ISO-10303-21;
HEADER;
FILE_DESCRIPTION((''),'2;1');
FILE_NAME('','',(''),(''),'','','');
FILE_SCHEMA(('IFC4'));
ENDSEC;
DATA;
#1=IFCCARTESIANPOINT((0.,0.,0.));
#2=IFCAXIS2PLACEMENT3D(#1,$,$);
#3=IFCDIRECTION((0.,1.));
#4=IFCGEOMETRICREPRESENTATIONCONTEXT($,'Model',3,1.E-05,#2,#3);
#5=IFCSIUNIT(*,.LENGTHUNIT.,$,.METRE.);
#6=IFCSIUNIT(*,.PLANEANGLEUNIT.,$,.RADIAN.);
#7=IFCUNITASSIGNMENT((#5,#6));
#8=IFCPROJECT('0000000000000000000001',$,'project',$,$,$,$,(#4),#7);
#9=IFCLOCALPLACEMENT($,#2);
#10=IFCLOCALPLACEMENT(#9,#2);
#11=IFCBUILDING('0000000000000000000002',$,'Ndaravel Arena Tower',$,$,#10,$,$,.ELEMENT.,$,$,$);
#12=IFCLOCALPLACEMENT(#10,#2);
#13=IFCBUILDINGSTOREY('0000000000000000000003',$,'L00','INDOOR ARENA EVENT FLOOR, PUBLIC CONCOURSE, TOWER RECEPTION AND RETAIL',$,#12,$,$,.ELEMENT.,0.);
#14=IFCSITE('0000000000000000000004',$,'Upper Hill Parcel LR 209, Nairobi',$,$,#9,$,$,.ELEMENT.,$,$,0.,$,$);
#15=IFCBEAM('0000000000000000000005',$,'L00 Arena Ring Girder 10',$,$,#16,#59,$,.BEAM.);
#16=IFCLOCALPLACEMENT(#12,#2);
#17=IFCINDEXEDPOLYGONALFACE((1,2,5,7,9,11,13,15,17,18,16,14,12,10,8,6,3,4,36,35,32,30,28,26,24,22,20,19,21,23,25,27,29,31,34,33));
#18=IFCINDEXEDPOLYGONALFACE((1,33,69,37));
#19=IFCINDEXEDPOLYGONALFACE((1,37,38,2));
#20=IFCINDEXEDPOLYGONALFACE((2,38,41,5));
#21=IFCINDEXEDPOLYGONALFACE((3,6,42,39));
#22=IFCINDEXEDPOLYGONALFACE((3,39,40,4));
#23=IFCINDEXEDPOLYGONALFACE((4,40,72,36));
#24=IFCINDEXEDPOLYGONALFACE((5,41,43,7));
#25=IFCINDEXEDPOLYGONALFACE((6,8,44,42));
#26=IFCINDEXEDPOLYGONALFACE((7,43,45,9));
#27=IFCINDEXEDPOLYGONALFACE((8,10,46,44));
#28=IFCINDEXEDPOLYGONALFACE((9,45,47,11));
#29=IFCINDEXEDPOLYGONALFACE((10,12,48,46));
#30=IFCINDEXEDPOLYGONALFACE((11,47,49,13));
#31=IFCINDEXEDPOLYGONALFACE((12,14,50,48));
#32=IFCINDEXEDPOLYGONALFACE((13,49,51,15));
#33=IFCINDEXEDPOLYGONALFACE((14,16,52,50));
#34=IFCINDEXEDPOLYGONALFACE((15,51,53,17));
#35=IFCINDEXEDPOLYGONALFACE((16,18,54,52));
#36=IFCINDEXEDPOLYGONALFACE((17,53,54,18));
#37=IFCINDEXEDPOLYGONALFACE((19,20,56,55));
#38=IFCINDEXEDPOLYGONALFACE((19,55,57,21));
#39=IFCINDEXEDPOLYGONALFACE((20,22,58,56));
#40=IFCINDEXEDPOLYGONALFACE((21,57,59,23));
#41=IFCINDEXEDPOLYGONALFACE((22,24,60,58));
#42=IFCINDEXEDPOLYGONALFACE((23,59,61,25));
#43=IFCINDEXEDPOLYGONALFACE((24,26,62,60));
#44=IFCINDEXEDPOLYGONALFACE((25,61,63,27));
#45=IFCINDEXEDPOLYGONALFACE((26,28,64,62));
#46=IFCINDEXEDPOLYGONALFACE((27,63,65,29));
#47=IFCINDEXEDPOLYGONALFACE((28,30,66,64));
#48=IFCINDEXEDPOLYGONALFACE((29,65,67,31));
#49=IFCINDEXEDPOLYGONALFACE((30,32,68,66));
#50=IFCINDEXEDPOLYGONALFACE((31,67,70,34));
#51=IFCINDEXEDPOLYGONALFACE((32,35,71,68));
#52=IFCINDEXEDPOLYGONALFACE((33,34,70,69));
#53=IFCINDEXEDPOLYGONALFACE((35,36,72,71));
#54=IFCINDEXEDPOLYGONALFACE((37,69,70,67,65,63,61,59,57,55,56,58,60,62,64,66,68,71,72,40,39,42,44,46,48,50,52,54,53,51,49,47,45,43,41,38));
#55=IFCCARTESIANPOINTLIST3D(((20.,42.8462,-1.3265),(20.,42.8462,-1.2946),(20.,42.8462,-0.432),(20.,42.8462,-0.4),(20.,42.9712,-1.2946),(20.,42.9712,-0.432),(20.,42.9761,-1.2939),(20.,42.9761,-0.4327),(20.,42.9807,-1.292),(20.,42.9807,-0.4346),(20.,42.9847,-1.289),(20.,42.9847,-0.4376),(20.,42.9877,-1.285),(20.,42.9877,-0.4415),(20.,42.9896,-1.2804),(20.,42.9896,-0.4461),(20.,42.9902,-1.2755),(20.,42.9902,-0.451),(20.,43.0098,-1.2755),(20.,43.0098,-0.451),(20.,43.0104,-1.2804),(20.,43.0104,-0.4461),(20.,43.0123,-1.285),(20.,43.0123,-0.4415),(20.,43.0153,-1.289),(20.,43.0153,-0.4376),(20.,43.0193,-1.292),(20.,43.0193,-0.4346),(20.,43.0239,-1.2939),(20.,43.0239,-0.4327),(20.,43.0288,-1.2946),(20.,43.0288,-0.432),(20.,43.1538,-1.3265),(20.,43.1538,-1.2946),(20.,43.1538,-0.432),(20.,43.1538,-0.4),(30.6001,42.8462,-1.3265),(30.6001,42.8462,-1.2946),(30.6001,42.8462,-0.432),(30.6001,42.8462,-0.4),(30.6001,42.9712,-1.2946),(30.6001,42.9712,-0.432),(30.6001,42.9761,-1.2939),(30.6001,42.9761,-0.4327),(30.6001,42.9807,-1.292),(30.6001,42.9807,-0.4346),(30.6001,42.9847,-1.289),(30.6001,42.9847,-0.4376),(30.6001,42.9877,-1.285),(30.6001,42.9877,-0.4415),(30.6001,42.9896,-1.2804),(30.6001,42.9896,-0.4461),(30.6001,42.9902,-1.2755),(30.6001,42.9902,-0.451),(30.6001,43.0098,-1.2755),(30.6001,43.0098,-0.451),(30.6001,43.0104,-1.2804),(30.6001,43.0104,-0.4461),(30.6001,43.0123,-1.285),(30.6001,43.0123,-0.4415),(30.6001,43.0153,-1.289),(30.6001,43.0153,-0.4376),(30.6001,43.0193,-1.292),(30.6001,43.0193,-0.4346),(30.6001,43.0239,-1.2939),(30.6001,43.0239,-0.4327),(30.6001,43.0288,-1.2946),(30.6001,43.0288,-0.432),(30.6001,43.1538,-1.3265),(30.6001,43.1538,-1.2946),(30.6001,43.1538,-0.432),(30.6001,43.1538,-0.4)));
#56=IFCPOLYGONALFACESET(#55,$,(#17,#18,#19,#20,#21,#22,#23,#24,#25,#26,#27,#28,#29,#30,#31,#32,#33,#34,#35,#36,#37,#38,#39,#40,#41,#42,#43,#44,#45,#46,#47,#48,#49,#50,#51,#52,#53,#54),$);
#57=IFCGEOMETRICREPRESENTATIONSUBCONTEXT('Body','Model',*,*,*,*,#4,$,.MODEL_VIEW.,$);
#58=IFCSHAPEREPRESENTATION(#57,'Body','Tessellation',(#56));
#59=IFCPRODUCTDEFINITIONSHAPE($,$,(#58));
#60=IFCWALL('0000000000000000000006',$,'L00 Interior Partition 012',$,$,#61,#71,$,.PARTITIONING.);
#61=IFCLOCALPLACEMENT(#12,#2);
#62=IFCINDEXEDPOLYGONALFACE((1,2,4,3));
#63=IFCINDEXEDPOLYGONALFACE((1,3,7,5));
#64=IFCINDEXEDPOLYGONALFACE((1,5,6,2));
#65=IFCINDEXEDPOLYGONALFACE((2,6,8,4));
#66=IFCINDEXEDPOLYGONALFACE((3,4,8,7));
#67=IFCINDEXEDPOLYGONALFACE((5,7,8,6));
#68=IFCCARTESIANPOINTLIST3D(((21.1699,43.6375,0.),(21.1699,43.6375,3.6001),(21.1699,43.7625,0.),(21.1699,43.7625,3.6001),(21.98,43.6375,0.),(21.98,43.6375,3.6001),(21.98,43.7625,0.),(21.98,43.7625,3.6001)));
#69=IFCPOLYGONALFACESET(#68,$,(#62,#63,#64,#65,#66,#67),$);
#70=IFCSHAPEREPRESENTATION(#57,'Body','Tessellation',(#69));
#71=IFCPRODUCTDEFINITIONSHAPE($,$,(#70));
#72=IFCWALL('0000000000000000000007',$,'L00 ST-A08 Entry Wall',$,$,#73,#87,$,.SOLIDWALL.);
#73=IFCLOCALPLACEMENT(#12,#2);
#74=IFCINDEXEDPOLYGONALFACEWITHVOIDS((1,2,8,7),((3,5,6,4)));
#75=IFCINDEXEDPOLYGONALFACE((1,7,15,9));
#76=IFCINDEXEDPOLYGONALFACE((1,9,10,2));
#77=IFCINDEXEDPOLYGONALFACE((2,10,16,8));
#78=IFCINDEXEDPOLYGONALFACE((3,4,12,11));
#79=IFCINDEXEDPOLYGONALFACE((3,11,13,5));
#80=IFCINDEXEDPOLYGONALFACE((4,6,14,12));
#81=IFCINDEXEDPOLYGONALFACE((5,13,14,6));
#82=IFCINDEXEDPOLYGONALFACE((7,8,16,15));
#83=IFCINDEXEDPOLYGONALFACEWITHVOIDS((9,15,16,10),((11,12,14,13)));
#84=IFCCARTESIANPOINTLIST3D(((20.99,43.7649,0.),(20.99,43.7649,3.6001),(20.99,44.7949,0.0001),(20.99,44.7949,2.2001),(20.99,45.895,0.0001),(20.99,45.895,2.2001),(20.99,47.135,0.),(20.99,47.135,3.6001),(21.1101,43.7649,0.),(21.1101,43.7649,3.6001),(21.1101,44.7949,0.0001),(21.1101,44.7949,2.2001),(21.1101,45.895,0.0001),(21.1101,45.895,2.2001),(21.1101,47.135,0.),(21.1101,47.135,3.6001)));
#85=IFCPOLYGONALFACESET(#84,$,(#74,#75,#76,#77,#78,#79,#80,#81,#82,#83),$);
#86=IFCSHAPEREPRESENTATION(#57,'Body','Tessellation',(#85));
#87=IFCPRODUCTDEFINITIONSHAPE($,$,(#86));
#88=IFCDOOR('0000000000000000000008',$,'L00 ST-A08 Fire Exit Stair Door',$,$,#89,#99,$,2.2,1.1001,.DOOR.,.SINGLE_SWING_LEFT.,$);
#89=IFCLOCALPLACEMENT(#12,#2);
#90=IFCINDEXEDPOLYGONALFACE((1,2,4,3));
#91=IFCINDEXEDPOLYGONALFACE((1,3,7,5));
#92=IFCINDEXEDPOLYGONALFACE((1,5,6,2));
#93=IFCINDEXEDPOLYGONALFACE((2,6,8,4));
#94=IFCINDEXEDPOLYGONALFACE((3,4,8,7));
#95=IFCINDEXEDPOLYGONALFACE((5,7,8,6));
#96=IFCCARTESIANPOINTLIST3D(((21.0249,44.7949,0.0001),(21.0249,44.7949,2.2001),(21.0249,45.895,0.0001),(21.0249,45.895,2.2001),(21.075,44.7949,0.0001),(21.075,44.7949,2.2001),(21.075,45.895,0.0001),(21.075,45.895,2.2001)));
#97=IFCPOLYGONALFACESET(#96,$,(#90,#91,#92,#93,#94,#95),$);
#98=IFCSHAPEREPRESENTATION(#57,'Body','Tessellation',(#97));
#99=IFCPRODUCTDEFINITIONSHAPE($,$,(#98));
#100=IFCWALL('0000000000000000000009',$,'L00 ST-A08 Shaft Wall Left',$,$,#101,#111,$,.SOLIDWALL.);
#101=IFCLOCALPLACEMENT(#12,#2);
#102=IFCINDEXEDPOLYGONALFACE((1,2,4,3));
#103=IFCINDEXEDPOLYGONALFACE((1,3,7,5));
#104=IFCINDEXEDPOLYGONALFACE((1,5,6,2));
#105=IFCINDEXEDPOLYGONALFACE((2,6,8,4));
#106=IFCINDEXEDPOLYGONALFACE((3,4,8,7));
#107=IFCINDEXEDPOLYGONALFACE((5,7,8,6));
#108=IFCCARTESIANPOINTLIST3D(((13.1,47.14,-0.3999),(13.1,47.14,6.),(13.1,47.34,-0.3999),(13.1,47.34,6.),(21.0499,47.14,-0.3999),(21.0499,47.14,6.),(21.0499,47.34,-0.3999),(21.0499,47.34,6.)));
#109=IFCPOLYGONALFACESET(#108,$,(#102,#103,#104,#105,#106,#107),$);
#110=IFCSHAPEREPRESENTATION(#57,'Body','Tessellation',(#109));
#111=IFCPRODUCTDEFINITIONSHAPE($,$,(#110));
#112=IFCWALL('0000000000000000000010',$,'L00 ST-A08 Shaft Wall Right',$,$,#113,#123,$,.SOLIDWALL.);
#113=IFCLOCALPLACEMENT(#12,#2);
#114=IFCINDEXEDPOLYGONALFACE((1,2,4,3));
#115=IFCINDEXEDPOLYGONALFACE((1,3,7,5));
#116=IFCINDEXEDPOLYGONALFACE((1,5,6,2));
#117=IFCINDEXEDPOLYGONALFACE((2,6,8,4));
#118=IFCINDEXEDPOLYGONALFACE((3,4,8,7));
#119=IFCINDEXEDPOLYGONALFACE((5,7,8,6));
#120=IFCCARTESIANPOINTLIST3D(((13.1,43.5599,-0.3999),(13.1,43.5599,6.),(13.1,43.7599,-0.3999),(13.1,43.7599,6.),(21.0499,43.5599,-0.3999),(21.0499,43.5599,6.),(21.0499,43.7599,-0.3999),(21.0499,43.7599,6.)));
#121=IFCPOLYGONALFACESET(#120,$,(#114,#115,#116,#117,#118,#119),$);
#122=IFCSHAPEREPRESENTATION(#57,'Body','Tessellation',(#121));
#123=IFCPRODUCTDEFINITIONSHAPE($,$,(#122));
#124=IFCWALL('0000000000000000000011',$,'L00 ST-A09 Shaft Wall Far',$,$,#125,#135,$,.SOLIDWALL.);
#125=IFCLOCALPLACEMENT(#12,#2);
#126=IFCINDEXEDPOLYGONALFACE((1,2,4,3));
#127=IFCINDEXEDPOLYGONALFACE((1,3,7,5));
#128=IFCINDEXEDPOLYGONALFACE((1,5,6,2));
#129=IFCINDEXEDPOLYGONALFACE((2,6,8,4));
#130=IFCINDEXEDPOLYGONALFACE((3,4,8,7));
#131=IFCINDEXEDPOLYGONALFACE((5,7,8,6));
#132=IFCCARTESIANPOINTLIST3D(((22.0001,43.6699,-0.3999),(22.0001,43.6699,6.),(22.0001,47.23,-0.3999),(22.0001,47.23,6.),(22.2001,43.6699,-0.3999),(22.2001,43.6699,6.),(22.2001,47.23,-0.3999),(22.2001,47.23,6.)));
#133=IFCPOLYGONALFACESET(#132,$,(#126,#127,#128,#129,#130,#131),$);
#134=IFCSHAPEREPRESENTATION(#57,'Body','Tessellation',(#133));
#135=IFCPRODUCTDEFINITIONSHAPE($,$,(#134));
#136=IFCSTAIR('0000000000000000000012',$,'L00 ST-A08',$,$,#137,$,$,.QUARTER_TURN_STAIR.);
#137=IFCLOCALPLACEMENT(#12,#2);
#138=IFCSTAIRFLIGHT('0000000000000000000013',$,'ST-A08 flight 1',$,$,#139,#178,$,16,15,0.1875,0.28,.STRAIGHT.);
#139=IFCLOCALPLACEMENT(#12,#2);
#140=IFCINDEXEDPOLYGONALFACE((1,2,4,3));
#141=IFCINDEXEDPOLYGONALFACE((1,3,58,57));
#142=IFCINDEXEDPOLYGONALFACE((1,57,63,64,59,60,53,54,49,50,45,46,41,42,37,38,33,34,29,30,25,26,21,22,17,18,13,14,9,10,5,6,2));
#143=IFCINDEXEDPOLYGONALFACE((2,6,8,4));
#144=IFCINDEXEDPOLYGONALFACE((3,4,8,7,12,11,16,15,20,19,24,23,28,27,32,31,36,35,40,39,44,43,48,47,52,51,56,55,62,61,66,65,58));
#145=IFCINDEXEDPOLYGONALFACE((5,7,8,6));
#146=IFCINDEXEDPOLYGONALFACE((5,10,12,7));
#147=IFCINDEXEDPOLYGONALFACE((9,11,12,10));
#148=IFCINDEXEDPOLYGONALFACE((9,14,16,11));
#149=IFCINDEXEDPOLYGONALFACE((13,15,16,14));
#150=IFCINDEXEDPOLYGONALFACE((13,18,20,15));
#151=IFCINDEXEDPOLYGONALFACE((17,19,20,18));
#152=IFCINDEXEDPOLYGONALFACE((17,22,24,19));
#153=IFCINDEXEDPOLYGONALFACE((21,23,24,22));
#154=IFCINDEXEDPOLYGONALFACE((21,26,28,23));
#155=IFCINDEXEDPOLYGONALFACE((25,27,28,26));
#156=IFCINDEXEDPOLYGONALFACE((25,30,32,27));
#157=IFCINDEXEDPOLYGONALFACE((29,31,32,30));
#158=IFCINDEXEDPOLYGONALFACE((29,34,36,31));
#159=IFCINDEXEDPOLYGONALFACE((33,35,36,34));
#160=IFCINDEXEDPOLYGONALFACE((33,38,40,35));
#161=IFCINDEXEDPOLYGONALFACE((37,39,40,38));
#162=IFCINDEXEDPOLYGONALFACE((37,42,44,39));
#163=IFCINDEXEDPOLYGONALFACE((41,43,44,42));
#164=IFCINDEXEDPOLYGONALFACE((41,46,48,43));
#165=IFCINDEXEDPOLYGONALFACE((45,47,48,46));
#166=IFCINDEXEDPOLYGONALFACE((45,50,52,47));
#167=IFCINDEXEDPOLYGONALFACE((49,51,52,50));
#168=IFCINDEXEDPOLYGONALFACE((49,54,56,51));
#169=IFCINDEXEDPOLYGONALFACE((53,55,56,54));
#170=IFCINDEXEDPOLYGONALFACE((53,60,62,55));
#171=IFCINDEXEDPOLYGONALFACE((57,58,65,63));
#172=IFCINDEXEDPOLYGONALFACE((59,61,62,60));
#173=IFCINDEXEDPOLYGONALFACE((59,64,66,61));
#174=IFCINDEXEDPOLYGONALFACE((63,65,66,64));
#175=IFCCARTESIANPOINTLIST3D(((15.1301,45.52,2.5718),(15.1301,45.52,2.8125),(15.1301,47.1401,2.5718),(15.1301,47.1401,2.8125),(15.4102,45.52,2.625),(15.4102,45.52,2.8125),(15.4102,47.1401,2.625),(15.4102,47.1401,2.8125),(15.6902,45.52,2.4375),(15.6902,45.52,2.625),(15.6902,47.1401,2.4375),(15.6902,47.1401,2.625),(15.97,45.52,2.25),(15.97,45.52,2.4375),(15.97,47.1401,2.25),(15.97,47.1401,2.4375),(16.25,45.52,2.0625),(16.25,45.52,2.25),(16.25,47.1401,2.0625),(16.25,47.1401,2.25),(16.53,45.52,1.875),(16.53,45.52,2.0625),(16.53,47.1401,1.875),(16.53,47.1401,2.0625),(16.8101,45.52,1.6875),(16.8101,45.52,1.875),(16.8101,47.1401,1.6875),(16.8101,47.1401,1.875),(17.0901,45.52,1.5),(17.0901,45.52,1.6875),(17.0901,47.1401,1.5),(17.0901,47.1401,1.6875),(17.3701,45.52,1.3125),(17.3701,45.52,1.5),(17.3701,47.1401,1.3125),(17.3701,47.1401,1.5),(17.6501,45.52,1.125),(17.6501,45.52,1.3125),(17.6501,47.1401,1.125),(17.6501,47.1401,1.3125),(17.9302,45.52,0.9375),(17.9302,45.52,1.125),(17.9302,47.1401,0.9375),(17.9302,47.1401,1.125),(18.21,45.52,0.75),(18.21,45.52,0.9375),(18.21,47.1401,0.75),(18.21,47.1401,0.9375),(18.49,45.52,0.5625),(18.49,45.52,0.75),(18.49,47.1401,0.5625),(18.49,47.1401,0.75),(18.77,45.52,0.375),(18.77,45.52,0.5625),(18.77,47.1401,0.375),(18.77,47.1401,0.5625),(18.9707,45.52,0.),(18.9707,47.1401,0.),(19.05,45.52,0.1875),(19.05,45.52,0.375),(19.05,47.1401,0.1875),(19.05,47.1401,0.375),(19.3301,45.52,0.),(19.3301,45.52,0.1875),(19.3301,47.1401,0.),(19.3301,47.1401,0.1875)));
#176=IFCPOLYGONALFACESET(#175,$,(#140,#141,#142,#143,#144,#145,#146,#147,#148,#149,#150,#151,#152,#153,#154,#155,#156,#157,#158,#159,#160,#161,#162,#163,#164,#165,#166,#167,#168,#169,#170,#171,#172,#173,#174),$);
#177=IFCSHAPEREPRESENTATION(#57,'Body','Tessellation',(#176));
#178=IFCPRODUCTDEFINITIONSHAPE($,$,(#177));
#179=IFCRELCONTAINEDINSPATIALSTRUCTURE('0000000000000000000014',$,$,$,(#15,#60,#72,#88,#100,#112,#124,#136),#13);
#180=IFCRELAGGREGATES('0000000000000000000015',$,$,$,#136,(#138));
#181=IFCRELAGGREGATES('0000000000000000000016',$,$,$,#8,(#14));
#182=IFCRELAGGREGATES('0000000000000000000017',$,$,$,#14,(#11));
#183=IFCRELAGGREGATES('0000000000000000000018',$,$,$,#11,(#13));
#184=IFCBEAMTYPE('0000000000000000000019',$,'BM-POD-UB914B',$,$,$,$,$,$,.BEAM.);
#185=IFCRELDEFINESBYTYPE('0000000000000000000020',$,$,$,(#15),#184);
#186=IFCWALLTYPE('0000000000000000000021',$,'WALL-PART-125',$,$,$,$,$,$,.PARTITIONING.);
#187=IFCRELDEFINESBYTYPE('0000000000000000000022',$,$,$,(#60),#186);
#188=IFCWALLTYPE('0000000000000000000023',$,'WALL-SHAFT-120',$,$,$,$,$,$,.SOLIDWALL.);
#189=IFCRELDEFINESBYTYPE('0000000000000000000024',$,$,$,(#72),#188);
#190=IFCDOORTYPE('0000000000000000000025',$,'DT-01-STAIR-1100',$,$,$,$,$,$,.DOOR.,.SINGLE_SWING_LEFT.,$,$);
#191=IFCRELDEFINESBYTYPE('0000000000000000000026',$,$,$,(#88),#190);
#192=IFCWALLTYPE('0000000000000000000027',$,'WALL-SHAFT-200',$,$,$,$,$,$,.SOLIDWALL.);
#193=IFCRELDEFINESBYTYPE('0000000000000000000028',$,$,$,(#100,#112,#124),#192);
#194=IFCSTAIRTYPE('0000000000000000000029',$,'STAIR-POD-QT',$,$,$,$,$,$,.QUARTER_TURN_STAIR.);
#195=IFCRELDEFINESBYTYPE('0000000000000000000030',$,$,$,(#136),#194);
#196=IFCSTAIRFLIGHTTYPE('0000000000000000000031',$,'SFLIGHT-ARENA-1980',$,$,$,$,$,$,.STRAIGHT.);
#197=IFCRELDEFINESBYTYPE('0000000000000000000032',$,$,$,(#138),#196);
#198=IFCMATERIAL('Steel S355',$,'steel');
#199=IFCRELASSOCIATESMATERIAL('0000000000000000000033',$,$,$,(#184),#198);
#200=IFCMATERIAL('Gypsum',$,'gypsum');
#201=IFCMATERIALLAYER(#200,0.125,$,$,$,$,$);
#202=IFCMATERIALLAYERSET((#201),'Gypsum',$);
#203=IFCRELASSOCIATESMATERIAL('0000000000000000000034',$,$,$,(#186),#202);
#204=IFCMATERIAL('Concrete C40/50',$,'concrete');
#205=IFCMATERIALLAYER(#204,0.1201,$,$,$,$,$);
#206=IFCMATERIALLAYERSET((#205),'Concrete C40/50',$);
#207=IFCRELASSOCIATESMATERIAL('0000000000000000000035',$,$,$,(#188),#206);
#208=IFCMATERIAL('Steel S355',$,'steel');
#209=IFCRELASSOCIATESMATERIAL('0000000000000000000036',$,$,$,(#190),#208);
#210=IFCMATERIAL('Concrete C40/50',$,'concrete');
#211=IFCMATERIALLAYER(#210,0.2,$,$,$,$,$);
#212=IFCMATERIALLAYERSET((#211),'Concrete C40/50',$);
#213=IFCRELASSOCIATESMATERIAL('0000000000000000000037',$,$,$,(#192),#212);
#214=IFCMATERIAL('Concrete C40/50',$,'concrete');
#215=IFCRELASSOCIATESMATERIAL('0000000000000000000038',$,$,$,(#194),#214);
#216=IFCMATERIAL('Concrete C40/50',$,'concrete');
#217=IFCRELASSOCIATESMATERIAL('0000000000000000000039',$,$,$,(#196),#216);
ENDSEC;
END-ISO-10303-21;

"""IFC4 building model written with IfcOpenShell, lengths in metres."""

from ifc_helpers import new_model, si_unit, direction, frame, frame_2d, origin, origin_2d, place, context, subcontext, project, spatial, polyline, rectangle, i_section, outline, extrude, material, layer, layer_set, material_profile, profile_set, type_object, element, fill, aggregate, save


model = new_model("IFC4")

# Units and contexts
model_context = context("Model", 3, precision=1e-05, world=origin(), true_north=direction((0.0, 1.0)))
body_context = subcontext(model_context, "Body", "Model", "MODEL_VIEW")
ifc_project = project(units=[si_unit("LENGTHUNIT", "METRE"), si_unit("PLANEANGLEUNIT", "RADIAN")], contexts=[model_context])

# Site, building, storey
site_placement = place(None, origin())
site = spatial("IfcSite", under=ifc_project, at=site_placement, Name="Upper Hill Parcel LR 209, Nairobi", CompositionType="ELEMENT", RefElevation=0.0)
building_placement = place(site_placement, origin())
building = spatial("IfcBuilding", under=site, at=building_placement, Name="Ndaravel Arena Tower", CompositionType="ELEMENT")
storey_placement = place(building_placement, origin())
storey = spatial("IfcBuildingStorey", under=building, at=storey_placement, Name="L00", Description="INDOOR ARENA EVENT FLOOR, PUBLIC CONCOURSE, TOWER RECEPTION AND RETAIL", CompositionType="ELEMENT", Elevation=0.0)

# Beam
ifc_material_1 = material(Name="Steel S355", Category="steel")
ifc_material_profile_1 = material_profile(ifc_material_1, i_section(OverallWidth=0.3076, OverallDepth=0.9265, WebThickness=0.0195, FlangeThickness=0.032, FilletRadius=0.019, at=origin_2d()), Name="UB 914x305x289")
ifc_profile_set_1 = profile_set([ifc_material_profile_1], Name="Steel S355")
beam_type_1 = type_object("IfcBeamType", Name="BM-POD-UB914B", PredefinedType="BEAM", material=ifc_profile_set_1)
beam_1_placement = place(storey_placement, frame((20.0, 43.0, -0.8633), z_axis=(1.0, 0.0, 0.0), x_axis=(0.0, 1.0, 0.0)))
element("IfcBeam", 1, at=beam_1_placement, inside=storey, type_object=beam_type_1, Name="L00 Arena Ring Girder 10", PredefinedType="BEAM", context=body_context, shape_type="SweptSolid", body=[
    extrude(i_section(OverallWidth=0.3076, OverallDepth=0.9265, WebThickness=0.0195, FlangeThickness=0.032, FilletRadius=0.019, at=origin_2d()), origin(), (0.0, 0.0, 1.0), 10.6001),
])

# Wall
ifc_material_2 = material(Name="Gypsum", Category="gypsum")
ifc_layer_1 = layer(ifc_material_2, 0.125)
ifc_layer_set_1 = layer_set([ifc_layer_1], Name="Gypsum")
wall_type_1 = type_object("IfcWallType", Name="WALL-PART-125", PredefinedType="PARTITIONING", material=ifc_layer_set_1)
wall_1_placement = place(storey_placement, frame((21.1699, 43.7, 0.0), z_axis=(0.0, 0.0, 1.0), x_axis=(1.0, 0.0, 0.0)))
element("IfcWall", 2, at=wall_1_placement, inside=storey, type_object=wall_type_1, Name="L00 Interior Partition 012", PredefinedType="PARTITIONING", context=body_context, shape_type="SweptSolid", body=[
    extrude(rectangle(XDim=0.8101, YDim=0.125, at=frame_2d((0.405, 0.0))), origin(), (0.0, 0.0, 1.0), 3.6001),
])

# Wall, opening, door
ifc_material_3 = material(Name="Concrete C40/50", Category="concrete")
ifc_layer_2 = layer(ifc_material_3, 0.1201)
ifc_layer_set_2 = layer_set([ifc_layer_2], Name="Concrete C40/50")
wall_type_2 = type_object("IfcWallType", Name="WALL-SHAFT-120", PredefinedType="SOLIDWALL", material=ifc_layer_set_2)
wall_2_placement = place(storey_placement, frame((21.05, 47.135, 0.0), z_axis=(0.0, 0.0, 1.0), x_axis=(0.0, -1.0, 0.0)))
wall_2 = element("IfcWall", 3, at=wall_2_placement, inside=storey, type_object=wall_type_2, Name="L00 ST-A08 Entry Wall", PredefinedType="SOLIDWALL", context=body_context, shape_type="SweptSolid", body=[
    extrude(rectangle(XDim=3.3701, YDim=0.1201, at=frame_2d((1.6851, 0.0))), origin(), (0.0, 0.0, 1.0), 3.6001),
])
opening_placement = place(wall_2_placement, frame((1.24, 0.0, 0.0)))
opening = element("IfcOpeningElement", 4, at=opening_placement, cuts=wall_2, PredefinedType="OPENING", context=body_context, shape_type="SweptSolid", body=[
    extrude(rectangle(XDim=1.1001, YDim=2.2, at=frame_2d((0.55, 1.1001))), frame((0.0, 0.0601, 0.0), z_axis=(0.0, -1.0, 0.0), x_axis=(1.0, 0.0, 0.0)), (0.0, 0.0, 1.0), 0.1201),
])
ifc_material_4 = material(Name="Steel S355", Category="steel")
door_type = type_object("IfcDoorType", Name="DT-01-STAIR-1100", OperationType="SINGLE_SWING_LEFT", PredefinedType="DOOR", material=ifc_material_4)
door_placement = place(opening_placement, origin())
door = element("IfcDoor", 5, at=door_placement, inside=storey, type_object=door_type, Name="L00 ST-A08 Fire Exit Stair Door", OperationType="SINGLE_SWING_LEFT", OverallHeight=2.2, OverallWidth=1.1001, PredefinedType="DOOR", context=body_context, shape_type="SweptSolid", body=[
    extrude(rectangle(XDim=1.1001, YDim=2.2, at=frame_2d((0.55, 1.1001))), frame((0.0, 0.0249, 0.0), z_axis=(0.0, -1.0, 0.0), x_axis=(1.0, 0.0, 0.0)), (0.0, 0.0, 1.0), 0.05),
])
fill(opening, door)

# Walls
ifc_material_5 = material(Name="Concrete C40/50", Category="concrete")
ifc_layer_3 = layer(ifc_material_5, 0.2)
ifc_layer_set_3 = layer_set([ifc_layer_3], Name="Concrete C40/50")
wall_type_3 = type_object("IfcWallType", Name="WALL-SHAFT-200", PredefinedType="SOLIDWALL", material=ifc_layer_set_3)
for number, where, z_axis, x_axis, name in (
    (6, (21.05, 47.24, -0.3999), (0.0, 0.0, 1.0), (-1.0, 0.0, 0.0), "L00 ST-A08 Shaft Wall Left"),
    (7, (21.05, 43.6599, -0.3999), (0.0, 0.0, 1.0), (-1.0, 0.0, 0.0), "L00 ST-A08 Shaft Wall Right"),
):
    element("IfcWall", number, at=place(storey_placement, frame(where, z_axis=z_axis, x_axis=x_axis)), inside=storey, type_object=wall_type_3, Name=name, PredefinedType="SOLIDWALL", context=body_context, shape_type="SweptSolid", body=[
        extrude(rectangle(XDim=7.95, YDim=0.2, at=frame_2d((3.9751, 0.0))), origin(), (0.0, 0.0, 1.0), 6.3999),
    ])
wall_3_placement = place(storey_placement, frame((22.1001, 47.23, -0.3999), z_axis=(0.0, 0.0, 1.0), x_axis=(0.0, -1.0, 0.0)))
element("IfcWall", 8, at=wall_3_placement, inside=storey, type_object=wall_type_3, Name="L00 ST-A09 Shaft Wall Far", PredefinedType="SOLIDWALL", context=body_context, shape_type="SweptSolid", body=[
    extrude(rectangle(XDim=3.5601, YDim=0.2, at=frame_2d((1.78, 0.0))), origin(), (0.0, 0.0, 1.0), 6.3999),
])

# Stair, stair flight
ifc_material_6 = material(Name="Concrete C40/50", Category="concrete")
stair_type = type_object("IfcStairType", Name="STAIR-POD-QT", PredefinedType="QUARTER_TURN_STAIR", material=ifc_material_6)
stair_1_placement = place(storey_placement, origin())
stair_1 = element("IfcStair", 9, at=stair_1_placement, inside=storey, type_object=stair_type, Name="L00 ST-A08", PredefinedType="QUARTER_TURN_STAIR")
ifc_material_7 = material(Name="Concrete C40/50", Category="concrete")
stair_flight_type = type_object("IfcStairFlightType", Name="SFLIGHT-ARENA-1980", PredefinedType="STRAIGHT", material=ifc_material_7)
stair_flight_1_placement = place(storey_placement, frame((19.3301, 46.3301, 0.0), z_axis=(0.0, 0.0, 1.0), x_axis=(-1.0, 0.0, 0.0)))
stair_flight_1 = element("IfcStairFlight", 10, at=stair_flight_1_placement, type_object=stair_flight_type, Name="ST-A08 flight 1", NumberOfRisers=16, NumberOfTreads=15, PredefinedType="STRAIGHT", RiserHeight=0.1875, TreadLength=0.28, context=body_context, shape_type="SweptSolid", body=[
    extrude(outline(polyline([(0.0, 0.0), (0.0, 0.1875), (0.28, 0.1875), (0.28, 0.375), (0.5601, 0.375), (0.5601, 0.5625), (0.8401, 0.5625), (0.8401, 0.75), (1.1201, 0.75), (1.1201, 0.9375), (1.3999, 0.9375), (1.3999, 1.125), (1.6799, 1.125), (1.6799, 1.3125), (1.96, 1.3125), (1.96, 1.5), (2.24, 1.5), (2.24, 1.6875), (2.52, 1.6875), (2.52, 1.875), (2.8, 1.875), (2.8, 2.0625), (3.0801, 2.0625), (3.0801, 2.25), (3.3601, 2.25), (3.3601, 2.4375), (3.6399, 2.4375), (3.6399, 2.625), (3.9199, 2.625), (3.9199, 2.8125), (4.2, 2.8125), (4.2, 3.0), (4.2, 2.5718), (0.3594, 0.0), (0.0, 0.0)])), frame((0.0, 0.8101, 0.0), z_axis=(0.0, -1.0, 0.0), x_axis=(1.0, 0.0, 0.0)), (0.0, 0.0, 1.0), 1.6201),
])
aggregate(stair_1, [stair_flight_1])

save(model, "model.ifc")
